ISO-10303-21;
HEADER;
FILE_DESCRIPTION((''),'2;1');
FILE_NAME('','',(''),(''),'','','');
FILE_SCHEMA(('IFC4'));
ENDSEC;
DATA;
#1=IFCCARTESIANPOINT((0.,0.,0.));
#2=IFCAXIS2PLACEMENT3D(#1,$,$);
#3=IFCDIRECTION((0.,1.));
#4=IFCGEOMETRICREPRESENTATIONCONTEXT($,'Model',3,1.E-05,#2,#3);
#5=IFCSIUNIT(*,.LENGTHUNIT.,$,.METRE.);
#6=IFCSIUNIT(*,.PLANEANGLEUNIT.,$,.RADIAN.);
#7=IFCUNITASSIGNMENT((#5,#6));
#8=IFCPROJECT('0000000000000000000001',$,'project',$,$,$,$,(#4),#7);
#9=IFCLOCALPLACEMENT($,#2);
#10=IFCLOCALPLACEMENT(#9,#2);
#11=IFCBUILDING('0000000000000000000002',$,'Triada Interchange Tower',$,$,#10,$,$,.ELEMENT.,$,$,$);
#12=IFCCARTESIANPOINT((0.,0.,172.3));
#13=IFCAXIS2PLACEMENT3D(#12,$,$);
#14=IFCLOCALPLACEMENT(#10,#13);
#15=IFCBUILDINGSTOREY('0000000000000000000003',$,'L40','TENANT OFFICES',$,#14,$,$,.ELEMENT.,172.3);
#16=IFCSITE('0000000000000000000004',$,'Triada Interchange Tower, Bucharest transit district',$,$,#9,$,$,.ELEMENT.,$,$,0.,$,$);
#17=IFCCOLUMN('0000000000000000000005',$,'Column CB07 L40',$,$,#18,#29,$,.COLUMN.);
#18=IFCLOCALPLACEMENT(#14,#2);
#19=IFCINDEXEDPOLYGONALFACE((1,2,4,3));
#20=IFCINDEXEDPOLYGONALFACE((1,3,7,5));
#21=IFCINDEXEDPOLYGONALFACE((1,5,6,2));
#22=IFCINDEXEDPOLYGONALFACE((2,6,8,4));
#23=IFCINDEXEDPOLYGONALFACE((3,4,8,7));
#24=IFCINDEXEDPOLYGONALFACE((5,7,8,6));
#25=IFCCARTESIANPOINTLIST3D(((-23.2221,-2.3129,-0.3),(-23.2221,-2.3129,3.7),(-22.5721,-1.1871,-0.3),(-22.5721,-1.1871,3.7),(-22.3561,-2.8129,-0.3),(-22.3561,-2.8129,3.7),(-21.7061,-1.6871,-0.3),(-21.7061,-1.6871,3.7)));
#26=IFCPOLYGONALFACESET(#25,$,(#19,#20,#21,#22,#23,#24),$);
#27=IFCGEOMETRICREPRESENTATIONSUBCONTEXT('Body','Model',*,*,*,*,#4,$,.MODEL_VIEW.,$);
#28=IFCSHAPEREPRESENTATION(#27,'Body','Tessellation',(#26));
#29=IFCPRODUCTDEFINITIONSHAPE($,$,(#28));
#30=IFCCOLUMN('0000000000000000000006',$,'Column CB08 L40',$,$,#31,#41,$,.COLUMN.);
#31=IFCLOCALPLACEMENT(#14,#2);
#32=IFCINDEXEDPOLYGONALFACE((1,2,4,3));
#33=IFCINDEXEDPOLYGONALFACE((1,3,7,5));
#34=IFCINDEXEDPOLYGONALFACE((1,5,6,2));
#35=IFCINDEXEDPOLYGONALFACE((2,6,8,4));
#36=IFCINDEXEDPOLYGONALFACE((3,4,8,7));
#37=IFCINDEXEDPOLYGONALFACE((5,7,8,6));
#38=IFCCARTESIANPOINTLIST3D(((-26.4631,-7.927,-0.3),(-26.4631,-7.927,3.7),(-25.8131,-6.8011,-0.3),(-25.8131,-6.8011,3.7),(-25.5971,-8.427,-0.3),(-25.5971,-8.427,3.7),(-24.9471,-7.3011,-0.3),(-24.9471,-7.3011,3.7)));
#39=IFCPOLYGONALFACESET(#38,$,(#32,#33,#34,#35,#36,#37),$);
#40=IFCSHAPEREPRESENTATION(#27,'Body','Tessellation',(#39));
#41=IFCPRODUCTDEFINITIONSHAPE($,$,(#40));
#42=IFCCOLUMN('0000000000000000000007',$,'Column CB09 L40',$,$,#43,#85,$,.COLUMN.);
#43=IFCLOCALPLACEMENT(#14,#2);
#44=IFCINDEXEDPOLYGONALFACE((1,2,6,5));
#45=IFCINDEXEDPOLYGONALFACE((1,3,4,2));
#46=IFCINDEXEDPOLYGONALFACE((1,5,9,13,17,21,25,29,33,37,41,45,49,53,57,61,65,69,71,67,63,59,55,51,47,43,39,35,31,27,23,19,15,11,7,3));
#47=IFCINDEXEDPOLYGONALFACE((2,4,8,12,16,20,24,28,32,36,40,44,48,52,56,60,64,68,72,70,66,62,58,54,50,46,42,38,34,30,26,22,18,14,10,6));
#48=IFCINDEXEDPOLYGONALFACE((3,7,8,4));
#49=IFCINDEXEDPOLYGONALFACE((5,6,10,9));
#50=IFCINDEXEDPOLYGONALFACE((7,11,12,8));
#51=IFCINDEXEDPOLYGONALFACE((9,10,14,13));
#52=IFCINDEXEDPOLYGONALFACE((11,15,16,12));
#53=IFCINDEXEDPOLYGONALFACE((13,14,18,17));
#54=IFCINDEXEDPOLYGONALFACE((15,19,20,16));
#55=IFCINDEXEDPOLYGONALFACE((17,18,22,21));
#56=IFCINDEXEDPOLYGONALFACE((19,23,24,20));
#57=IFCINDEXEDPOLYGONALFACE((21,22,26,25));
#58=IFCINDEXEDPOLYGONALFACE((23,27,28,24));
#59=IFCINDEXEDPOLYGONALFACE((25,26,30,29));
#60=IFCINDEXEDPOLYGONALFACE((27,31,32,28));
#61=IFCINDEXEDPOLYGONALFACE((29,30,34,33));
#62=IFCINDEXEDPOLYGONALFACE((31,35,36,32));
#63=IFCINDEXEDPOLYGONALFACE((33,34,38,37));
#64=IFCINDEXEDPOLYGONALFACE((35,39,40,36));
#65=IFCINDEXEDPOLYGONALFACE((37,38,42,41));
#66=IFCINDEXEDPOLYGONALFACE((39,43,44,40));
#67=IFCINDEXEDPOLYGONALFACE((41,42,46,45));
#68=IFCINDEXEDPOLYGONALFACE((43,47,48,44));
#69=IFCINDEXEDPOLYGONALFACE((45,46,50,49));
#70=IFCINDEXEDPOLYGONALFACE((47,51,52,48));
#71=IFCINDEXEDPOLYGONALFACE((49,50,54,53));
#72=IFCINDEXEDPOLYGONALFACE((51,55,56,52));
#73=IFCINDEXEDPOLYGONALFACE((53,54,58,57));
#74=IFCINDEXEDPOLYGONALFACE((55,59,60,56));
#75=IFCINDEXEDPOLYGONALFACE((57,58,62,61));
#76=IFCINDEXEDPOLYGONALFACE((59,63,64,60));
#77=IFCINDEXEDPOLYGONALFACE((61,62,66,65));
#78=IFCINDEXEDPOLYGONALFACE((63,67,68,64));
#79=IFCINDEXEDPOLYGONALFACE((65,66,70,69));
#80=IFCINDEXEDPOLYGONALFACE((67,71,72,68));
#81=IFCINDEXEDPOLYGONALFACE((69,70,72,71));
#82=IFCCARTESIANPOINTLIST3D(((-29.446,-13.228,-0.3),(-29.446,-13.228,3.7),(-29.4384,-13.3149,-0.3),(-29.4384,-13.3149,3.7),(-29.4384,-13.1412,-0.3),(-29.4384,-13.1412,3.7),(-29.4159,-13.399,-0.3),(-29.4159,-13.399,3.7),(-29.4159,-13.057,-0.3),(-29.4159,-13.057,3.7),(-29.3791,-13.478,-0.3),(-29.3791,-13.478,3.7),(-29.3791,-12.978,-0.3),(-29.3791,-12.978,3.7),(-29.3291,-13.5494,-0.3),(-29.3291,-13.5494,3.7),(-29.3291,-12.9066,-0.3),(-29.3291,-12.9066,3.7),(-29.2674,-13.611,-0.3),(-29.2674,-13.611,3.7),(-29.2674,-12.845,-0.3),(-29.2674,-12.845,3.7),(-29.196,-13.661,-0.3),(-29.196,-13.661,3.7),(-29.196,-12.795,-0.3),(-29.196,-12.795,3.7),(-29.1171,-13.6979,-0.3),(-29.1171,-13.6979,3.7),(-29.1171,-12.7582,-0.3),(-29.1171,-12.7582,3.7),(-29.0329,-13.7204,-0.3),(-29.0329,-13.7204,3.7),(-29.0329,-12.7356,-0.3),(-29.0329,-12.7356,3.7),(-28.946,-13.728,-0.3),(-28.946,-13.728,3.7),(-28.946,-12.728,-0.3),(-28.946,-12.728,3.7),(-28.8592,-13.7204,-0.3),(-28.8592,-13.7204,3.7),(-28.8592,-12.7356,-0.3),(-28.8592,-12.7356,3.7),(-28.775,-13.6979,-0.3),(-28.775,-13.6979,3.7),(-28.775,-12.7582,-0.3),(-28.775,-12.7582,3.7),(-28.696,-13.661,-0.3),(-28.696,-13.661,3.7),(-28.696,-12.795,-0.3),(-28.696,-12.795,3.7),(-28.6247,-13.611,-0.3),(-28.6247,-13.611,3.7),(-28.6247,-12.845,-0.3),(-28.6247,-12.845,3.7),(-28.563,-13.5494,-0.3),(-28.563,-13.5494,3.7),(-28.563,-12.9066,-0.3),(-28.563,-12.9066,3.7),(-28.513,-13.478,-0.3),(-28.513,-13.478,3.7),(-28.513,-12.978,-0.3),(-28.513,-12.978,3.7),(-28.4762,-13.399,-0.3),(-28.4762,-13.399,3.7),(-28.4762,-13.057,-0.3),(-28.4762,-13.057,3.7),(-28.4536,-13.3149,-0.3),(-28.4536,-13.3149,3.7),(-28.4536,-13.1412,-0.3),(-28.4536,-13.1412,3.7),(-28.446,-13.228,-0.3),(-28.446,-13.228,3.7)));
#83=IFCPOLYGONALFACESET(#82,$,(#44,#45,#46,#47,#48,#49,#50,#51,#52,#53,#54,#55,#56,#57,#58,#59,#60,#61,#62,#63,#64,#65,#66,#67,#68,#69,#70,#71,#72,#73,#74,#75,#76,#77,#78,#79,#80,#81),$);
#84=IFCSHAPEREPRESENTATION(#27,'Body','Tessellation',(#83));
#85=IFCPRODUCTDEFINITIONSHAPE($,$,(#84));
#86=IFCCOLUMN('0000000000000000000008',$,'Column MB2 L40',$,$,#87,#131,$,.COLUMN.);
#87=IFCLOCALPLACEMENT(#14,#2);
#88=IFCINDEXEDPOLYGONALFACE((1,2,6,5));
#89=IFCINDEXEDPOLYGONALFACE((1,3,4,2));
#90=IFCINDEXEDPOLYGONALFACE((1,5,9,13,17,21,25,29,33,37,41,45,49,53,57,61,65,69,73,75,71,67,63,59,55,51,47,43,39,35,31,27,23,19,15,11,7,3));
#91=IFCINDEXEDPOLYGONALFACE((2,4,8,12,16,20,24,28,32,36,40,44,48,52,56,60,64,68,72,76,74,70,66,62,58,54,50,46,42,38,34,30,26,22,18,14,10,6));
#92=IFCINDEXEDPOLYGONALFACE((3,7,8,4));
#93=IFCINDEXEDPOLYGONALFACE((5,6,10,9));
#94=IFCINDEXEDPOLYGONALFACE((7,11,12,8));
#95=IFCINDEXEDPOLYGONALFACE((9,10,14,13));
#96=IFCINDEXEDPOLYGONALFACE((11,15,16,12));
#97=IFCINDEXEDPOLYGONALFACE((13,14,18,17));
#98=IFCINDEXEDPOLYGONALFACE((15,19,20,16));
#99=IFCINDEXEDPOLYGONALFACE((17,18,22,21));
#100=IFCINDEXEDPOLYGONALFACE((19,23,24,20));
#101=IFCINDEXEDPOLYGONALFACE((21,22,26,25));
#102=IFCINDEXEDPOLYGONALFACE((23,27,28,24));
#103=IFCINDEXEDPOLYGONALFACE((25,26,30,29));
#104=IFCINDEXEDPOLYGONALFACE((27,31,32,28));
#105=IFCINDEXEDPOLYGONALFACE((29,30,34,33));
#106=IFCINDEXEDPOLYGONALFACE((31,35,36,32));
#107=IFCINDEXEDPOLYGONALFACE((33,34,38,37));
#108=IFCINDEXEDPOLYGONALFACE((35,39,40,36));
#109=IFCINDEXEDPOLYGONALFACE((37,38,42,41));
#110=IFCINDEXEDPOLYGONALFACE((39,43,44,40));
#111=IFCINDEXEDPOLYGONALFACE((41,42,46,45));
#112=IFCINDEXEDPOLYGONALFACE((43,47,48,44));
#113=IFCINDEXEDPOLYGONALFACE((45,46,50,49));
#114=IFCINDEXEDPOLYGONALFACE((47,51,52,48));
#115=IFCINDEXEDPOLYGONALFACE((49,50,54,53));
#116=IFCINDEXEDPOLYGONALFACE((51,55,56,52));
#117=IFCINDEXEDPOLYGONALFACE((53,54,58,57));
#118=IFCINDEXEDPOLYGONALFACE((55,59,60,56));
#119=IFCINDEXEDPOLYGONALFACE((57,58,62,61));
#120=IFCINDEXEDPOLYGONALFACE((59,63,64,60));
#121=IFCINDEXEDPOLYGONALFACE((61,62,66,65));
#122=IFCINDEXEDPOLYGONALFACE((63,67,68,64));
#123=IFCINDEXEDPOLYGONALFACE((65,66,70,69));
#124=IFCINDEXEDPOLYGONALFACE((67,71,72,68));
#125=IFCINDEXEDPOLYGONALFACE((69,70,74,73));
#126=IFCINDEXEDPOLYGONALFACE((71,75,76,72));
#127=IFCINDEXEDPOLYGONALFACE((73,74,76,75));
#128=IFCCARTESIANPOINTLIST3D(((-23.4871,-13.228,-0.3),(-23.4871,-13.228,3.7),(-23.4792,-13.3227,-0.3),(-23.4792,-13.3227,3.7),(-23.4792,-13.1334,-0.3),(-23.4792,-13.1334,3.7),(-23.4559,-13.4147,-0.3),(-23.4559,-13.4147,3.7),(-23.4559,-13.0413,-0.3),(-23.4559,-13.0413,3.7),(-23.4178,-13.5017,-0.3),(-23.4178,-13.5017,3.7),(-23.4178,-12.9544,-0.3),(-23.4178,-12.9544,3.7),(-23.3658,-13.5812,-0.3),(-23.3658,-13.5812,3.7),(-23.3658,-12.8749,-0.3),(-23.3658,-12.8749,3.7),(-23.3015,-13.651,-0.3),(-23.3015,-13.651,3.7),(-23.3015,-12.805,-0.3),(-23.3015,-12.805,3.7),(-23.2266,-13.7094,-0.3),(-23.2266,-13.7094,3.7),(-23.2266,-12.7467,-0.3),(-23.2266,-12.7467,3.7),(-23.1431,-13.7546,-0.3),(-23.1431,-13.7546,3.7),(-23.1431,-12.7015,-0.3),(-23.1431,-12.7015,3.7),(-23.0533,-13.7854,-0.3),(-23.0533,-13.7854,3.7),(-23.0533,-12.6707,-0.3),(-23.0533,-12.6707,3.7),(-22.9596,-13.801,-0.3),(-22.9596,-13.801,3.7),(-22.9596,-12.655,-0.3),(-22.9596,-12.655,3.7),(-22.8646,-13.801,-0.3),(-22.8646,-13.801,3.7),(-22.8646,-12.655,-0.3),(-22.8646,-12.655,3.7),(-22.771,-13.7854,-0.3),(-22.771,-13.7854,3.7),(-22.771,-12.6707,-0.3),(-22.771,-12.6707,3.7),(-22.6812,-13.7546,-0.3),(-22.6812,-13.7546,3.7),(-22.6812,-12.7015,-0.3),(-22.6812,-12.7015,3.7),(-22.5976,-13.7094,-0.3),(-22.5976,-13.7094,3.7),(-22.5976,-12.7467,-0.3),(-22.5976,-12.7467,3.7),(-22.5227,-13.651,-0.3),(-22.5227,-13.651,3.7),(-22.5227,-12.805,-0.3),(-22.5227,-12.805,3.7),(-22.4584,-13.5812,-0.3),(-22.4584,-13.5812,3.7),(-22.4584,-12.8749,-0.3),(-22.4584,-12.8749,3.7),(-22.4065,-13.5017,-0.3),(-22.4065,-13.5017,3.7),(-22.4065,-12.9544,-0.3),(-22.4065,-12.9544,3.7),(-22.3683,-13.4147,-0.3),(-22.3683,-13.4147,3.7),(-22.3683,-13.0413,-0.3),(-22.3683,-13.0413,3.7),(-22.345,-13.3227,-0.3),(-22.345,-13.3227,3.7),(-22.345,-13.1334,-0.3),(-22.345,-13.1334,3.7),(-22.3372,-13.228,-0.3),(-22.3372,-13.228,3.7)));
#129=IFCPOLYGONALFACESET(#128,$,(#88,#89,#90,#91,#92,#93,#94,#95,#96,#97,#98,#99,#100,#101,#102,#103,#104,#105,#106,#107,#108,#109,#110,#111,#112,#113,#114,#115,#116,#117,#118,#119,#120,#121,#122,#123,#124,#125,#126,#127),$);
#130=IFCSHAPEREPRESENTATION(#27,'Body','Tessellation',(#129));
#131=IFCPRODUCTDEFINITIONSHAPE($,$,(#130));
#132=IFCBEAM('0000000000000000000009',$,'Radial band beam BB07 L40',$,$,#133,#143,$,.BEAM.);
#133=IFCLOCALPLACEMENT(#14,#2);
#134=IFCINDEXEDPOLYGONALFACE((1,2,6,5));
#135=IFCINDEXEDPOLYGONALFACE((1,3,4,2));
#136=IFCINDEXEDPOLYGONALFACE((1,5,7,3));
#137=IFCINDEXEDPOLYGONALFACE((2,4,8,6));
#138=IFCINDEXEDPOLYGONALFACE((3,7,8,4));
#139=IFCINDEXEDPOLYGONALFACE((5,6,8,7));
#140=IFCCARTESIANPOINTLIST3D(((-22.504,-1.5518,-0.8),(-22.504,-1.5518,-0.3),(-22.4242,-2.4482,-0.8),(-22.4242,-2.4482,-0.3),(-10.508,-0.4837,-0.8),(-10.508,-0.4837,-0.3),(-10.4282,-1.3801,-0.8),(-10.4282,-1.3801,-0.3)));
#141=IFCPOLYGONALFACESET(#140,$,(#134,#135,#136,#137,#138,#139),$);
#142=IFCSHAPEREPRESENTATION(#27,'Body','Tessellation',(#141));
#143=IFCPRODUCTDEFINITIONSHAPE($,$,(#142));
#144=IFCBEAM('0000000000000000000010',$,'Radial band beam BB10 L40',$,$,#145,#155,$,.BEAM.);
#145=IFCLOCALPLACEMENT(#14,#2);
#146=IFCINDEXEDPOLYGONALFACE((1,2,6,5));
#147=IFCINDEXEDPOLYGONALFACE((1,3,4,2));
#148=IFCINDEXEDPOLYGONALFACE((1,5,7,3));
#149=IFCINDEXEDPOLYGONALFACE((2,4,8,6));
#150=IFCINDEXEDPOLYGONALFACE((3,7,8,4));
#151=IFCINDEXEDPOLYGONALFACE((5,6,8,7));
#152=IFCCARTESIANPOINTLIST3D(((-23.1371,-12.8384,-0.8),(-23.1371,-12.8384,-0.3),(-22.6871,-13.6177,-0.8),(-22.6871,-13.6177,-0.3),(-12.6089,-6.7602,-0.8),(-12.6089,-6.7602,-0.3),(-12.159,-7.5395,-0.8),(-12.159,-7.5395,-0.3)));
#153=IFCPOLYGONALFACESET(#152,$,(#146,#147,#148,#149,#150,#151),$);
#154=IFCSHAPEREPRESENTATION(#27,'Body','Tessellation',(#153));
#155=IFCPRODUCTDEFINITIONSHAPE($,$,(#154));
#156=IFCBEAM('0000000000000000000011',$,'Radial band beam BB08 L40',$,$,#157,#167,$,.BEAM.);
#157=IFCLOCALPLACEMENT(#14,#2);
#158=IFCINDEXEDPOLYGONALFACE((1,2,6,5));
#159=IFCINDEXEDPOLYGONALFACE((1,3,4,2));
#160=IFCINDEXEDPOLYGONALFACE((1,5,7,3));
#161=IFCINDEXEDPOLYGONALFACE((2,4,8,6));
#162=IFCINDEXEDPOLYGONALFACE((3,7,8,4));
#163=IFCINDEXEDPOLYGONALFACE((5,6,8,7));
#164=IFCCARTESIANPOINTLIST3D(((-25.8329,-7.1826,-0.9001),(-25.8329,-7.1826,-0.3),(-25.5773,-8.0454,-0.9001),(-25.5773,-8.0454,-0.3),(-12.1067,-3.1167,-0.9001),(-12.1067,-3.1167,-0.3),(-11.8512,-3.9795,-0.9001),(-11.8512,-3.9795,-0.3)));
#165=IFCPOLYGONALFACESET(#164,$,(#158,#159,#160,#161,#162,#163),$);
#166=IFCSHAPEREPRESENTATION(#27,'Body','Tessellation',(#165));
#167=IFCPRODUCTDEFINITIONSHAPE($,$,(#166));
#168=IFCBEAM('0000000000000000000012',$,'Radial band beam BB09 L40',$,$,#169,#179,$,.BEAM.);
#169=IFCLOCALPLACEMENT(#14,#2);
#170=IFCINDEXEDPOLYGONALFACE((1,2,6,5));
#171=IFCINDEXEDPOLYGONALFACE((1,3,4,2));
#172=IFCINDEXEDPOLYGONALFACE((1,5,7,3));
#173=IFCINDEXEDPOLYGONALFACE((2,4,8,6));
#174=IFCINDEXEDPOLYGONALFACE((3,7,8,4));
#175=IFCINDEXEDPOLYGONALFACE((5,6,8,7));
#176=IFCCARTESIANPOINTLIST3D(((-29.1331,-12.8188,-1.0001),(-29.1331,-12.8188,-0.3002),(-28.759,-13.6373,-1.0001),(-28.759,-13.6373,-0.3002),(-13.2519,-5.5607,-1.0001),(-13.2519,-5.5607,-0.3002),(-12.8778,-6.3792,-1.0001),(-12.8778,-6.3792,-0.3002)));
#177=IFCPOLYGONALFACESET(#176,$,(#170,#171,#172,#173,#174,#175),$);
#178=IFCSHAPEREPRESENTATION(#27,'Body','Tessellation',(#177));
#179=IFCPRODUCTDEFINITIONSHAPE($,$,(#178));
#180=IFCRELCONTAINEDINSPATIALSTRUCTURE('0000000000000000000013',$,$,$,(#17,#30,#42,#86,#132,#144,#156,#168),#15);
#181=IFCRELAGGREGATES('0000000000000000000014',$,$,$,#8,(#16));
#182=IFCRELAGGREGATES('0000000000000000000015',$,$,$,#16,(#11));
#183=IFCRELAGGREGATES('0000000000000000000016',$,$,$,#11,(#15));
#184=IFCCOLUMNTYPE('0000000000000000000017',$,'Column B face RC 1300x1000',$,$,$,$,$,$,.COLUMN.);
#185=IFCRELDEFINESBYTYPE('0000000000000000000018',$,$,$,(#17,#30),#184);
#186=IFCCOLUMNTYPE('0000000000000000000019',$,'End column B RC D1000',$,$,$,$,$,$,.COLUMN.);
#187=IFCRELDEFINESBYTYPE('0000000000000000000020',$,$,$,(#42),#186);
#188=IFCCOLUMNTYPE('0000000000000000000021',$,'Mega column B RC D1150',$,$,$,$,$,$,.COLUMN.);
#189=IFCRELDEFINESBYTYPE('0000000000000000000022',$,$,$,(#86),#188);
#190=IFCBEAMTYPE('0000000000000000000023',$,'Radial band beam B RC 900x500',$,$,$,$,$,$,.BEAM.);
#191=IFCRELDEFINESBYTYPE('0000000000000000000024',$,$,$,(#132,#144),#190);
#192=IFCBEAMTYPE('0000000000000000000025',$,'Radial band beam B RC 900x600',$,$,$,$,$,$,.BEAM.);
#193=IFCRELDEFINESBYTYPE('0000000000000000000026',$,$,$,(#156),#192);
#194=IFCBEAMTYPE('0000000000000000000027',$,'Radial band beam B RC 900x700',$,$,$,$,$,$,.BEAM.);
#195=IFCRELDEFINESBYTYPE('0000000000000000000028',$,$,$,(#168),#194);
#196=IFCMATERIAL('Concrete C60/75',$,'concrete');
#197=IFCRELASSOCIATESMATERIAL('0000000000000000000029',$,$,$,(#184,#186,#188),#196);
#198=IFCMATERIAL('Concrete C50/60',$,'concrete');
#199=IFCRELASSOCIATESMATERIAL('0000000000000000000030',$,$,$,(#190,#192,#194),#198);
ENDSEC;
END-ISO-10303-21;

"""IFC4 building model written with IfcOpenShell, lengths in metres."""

from ifc_helpers import new_model, si_unit, direction, frame, origin, origin_2d, place, context, subcontext, project, spatial, rectangle, circle, extrude, material, material_profile, profile_set, type_object, element, save


model = new_model("IFC4")

# Units and contexts
model_context = context("Model", 3, precision=1e-05, world=origin(), true_north=direction((0.0, 1.0)))
body_context = subcontext(model_context, "Body", "Model", "MODEL_VIEW")
ifc_project = project(units=[si_unit("LENGTHUNIT", "METRE"), si_unit("PLANEANGLEUNIT", "RADIAN")], contexts=[model_context])

# Site, building, storey
site_placement = place(None, origin())
site = spatial("IfcSite", under=ifc_project, at=site_placement, Name="Triada Interchange Tower, Bucharest transit district", CompositionType="ELEMENT", RefElevation=0.0)
building_placement = place(site_placement, origin())
building = spatial("IfcBuilding", under=site, at=building_placement, Name="Triada Interchange Tower", CompositionType="ELEMENT")
storey_placement = place(building_placement, frame((0.0, 0.0, 172.3)))
storey = spatial("IfcBuildingStorey", under=building, at=storey_placement, Name="L40", Description="TENANT OFFICES", CompositionType="ELEMENT", Elevation=172.3)

# Columns
ifc_material_1 = material(Name="Concrete C60/75", Category="concrete")
ifc_material_profile_1 = material_profile(ifc_material_1, rectangle(XDim=1.3, YDim=1.0, at=origin_2d()), Name="RC 1300x1000")
ifc_profile_set_1 = profile_set([ifc_material_profile_1], Name="Concrete C60/75")
column_type_1 = type_object("IfcColumnType", Name="Column B face RC 1300x1000", PredefinedType="COLUMN", material=ifc_profile_set_1)
for number, where, z_axis, x_axis, name in (
    (1, (-22.4641, -2.0, -0.3), (0.0, 0.0, 1.0), (0.5, 0.866025, 0.0), "Column CB07 L40"),
    (2, (-25.7051, -7.614, -0.3), (0.0, 0.0, 1.0), (0.5, 0.866025, 0.0), "Column CB08 L40"),
):
    element("IfcColumn", number, at=place(storey_placement, frame(where, z_axis=z_axis, x_axis=x_axis)), inside=storey, type_object=column_type_1, Name=name, PredefinedType="COLUMN", context=body_context, shape_type="SweptSolid", body=[
        extrude(rectangle(XDim=1.3, YDim=1.0, at=origin_2d()), origin(), (0.0, 0.0, 1.0), 4.0),
    ])
ifc_material_profile_2 = material_profile(ifc_material_1, circle(Radius=0.5, at=origin_2d()), Name="RC D1000")
ifc_profile_set_2 = profile_set([ifc_material_profile_2], Name="Concrete C60/75")
column_type_2 = type_object("IfcColumnType", Name="End column B RC D1000", PredefinedType="COLUMN", material=ifc_profile_set_2)
column_1_placement = place(storey_placement, frame((-28.946, -13.228, -0.3), z_axis=(0.0, 0.0, 1.0), x_axis=(0.5, 0.866025, 0.0)))
element("IfcColumn", 3, at=column_1_placement, inside=storey, type_object=column_type_2, Name="Column CB09 L40", PredefinedType="COLUMN", context=body_context, shape_type="SweptSolid", body=[
    extrude(circle(Radius=0.5, at=origin_2d()), origin(), (0.0, 0.0, 1.0), 4.0),
])
ifc_material_profile_3 = material_profile(ifc_material_1, circle(Radius=0.575, at=origin_2d()), Name="RC D1150")
ifc_profile_set_3 = profile_set([ifc_material_profile_3], Name="Concrete C60/75")
column_type_3 = type_object("IfcColumnType", Name="Mega column B RC D1150", PredefinedType="COLUMN", material=ifc_profile_set_3)
column_2_placement = place(storey_placement, frame((-22.9121, -13.228, -0.3), z_axis=(0.0, 0.0, 1.0), x_axis=(1.0, 0.0, 0.0)))
element("IfcColumn", 4, at=column_2_placement, inside=storey, type_object=column_type_3, Name="Column MB2 L40", PredefinedType="COLUMN", context=body_context, shape_type="SweptSolid", body=[
    extrude(circle(Radius=0.575, at=origin_2d()), origin(), (0.0, 0.0, 1.0), 4.0),
])

# Beams
ifc_material_2 = material(Name="Concrete C50/60", Category="concrete")
ifc_material_profile_4 = material_profile(ifc_material_2, rectangle(XDim=0.8999, YDim=0.5, at=origin_2d()), Name="RC 900x500")
ifc_profile_set_4 = profile_set([ifc_material_profile_4], Name="Concrete C50/60")
beam_type_1 = type_object("IfcBeamType", Name="Radial band beam B RC 900x500", PredefinedType="BEAM", material=ifc_profile_set_4)
beam_1_placement = place(storey_placement, frame((-22.4641, -2.0, -0.55), z_axis=(0.996059, 0.088688, 0.0), x_axis=(-0.088688, 0.996059, 0.0)))
element("IfcBeam", 5, at=beam_1_placement, inside=storey, type_object=beam_type_1, Name="Radial band beam BB07 L40", PredefinedType="BEAM", context=body_context, shape_type="SweptSolid", body=[
    extrude(rectangle(XDim=0.8999, YDim=0.5, at=origin_2d()), origin(), (0.0, 0.0, 1.0), 12.0435),
])
beam_2_placement = place(storey_placement, frame((-22.9121, -13.228, -0.55), z_axis=(0.866035, 0.499984, 0.0), x_axis=(-0.499984, 0.866035, 0.0)))
element("IfcBeam", 6, at=beam_2_placement, inside=storey, type_object=beam_type_1, Name="Radial band beam BB10 L40", PredefinedType="BEAM", context=body_context, shape_type="SweptSolid", body=[
    extrude(rectangle(XDim=0.8999, YDim=0.5, at=origin_2d()), origin(), (0.0, 0.0, 1.0), 12.1567),
])
ifc_material_profile_5 = material_profile(ifc_material_2, rectangle(XDim=0.8999, YDim=0.6001, at=origin_2d()), Name="RC 900x600")
ifc_profile_set_5 = profile_set([ifc_material_profile_5], Name="Concrete C50/60")
beam_type_2 = type_object("IfcBeamType", Name="Radial band beam B RC 900x600", PredefinedType="BEAM", material=ifc_profile_set_5)
beam_3_placement = place(storey_placement, frame((-25.7051, -7.614, -0.6001), z_axis=(0.958818, 0.28402, 0.0), x_axis=(-0.28402, 0.958818, 0.0)))
element("IfcBeam", 7, at=beam_3_placement, inside=storey, type_object=beam_type_2, Name="Radial band beam BB08 L40", PredefinedType="BEAM", context=body_context, shape_type="SweptSolid", body=[
    extrude(rectangle(XDim=0.8999, YDim=0.6001, at=origin_2d()), origin(), (0.0, 0.0, 1.0), 14.3157),
])
ifc_material_profile_6 = material_profile(ifc_material_2, rectangle(XDim=0.8999, YDim=0.7, at=origin_2d()), Name="RC 900x700")
ifc_profile_set_6 = profile_set([ifc_material_profile_6], Name="Concrete C50/60")
beam_type_3 = type_object("IfcBeamType", Name="Radial band beam B RC 900x700", PredefinedType="BEAM", material=ifc_profile_set_6)
beam_4_placement = place(storey_placement, frame((-28.946, -13.228, -0.6501), z_axis=(0.909515, 0.415671, 0.0), x_axis=(-0.415671, 0.909515, 0.0)))
element("IfcBeam", 8, at=beam_4_placement, inside=storey, type_object=beam_type_3, Name="Radial band beam BB09 L40", PredefinedType="BEAM", context=body_context, shape_type="SweptSolid", body=[
    extrude(rectangle(XDim=0.8999, YDim=0.7, at=origin_2d()), origin(), (0.0, 0.0, 1.0), 17.4612),
])

save(model, "model.ifc")
